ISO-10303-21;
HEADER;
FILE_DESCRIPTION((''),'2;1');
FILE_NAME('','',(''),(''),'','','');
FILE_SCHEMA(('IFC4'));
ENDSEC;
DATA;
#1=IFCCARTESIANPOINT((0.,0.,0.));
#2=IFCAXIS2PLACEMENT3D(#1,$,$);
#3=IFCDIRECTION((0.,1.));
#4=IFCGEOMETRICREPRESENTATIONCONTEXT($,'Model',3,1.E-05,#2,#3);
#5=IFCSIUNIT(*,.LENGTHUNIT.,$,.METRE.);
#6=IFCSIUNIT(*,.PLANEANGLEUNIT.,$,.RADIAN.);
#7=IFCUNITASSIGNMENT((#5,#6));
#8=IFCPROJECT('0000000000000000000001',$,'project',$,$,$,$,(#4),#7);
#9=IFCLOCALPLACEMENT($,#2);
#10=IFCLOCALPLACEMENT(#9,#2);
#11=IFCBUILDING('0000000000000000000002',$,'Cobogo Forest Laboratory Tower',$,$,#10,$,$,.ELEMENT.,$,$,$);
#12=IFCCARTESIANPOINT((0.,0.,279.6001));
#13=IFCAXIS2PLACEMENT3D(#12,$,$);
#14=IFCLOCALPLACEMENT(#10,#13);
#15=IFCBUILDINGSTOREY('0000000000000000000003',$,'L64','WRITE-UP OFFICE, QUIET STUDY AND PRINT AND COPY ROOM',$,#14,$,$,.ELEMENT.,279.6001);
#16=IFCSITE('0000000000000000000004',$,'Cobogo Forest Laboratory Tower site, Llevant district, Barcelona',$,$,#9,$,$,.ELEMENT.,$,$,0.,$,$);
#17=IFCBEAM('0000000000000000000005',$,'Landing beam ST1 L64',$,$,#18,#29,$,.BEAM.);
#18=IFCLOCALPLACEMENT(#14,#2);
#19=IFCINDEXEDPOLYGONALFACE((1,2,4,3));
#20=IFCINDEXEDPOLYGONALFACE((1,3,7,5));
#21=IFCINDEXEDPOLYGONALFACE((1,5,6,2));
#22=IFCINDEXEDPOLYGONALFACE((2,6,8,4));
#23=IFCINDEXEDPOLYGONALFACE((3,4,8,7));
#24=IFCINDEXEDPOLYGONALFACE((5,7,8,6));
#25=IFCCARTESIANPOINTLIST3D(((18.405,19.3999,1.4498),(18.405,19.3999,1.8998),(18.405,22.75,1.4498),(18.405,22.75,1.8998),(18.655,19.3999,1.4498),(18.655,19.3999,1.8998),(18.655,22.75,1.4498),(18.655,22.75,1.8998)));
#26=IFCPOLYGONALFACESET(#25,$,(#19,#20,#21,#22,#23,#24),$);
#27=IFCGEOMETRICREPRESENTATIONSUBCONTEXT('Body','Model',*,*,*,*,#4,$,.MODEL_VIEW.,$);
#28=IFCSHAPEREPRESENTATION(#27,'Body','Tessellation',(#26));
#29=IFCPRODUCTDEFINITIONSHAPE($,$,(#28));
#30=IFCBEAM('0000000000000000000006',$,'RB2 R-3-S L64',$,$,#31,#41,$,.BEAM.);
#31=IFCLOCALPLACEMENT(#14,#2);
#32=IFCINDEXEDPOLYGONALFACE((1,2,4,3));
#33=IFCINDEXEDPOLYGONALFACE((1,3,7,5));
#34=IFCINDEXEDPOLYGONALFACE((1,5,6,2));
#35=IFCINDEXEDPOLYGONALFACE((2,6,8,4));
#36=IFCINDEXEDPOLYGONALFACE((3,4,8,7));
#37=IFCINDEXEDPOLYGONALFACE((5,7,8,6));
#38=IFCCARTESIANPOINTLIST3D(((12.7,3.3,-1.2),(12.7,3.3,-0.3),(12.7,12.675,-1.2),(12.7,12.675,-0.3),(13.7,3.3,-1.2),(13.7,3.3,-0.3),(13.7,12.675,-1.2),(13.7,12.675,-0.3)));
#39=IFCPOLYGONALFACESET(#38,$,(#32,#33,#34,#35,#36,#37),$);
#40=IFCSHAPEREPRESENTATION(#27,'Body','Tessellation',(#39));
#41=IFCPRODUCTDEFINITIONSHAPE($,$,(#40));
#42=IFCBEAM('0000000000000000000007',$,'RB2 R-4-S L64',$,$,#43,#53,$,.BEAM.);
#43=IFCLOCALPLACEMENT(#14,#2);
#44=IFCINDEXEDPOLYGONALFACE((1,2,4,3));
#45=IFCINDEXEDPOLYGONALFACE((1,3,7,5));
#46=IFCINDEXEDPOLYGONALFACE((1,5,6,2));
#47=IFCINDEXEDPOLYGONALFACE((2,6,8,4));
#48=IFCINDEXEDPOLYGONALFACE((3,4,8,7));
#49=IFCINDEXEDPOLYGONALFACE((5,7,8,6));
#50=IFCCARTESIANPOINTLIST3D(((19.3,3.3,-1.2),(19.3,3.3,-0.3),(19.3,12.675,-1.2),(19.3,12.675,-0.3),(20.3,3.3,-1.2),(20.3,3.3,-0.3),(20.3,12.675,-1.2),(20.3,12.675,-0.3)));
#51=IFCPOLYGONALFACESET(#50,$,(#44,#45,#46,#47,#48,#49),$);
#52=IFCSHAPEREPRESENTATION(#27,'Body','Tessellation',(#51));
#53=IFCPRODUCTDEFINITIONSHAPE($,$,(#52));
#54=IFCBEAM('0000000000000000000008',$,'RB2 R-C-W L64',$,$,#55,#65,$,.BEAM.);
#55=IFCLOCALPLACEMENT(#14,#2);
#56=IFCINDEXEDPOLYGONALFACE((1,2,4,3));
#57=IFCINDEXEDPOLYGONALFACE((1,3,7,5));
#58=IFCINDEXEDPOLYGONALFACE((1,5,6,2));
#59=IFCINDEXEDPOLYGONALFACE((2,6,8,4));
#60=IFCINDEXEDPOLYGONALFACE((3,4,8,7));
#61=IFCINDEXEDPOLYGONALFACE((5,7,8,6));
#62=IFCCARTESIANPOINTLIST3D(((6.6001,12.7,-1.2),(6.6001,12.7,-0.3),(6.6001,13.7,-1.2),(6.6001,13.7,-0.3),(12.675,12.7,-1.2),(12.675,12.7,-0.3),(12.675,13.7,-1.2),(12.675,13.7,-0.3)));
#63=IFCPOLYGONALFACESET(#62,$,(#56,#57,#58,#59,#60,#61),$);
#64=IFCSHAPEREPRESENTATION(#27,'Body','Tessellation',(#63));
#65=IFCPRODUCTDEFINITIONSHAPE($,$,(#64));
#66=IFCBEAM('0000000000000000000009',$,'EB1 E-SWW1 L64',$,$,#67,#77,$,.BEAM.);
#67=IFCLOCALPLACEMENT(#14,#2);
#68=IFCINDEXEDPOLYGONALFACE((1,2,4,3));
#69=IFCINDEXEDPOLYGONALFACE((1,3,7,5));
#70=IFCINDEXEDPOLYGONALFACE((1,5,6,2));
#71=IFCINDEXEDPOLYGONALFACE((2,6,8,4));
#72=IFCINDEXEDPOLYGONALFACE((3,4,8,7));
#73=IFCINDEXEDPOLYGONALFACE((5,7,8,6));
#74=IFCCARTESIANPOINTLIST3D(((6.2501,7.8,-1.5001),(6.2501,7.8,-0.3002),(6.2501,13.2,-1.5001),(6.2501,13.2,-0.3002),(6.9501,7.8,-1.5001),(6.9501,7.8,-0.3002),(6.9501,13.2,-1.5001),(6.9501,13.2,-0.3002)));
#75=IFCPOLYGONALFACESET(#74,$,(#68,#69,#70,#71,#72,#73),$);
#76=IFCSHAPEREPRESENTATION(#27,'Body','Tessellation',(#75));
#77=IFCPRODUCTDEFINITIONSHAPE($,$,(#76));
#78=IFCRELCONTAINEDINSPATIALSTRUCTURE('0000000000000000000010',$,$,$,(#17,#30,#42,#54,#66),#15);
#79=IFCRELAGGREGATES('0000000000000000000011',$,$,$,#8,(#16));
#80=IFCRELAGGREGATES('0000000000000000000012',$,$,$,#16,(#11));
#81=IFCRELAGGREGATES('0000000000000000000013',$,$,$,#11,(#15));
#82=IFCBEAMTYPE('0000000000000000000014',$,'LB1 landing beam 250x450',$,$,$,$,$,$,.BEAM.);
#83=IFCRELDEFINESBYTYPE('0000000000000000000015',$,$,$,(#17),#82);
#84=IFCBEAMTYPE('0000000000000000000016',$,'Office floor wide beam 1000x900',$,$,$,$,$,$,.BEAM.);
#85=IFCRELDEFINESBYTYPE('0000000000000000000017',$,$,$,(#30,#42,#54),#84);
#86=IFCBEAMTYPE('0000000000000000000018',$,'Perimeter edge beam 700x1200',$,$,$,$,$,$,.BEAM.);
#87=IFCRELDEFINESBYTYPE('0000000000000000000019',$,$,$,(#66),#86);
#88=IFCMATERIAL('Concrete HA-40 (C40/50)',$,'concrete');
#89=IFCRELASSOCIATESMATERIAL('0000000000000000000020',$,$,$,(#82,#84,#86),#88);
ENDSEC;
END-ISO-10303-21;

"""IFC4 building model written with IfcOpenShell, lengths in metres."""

from ifc_helpers import new_model, si_unit, direction, frame, origin, origin_2d, place, context, subcontext, project, spatial, rectangle, extrude, material, material_profile, profile_set, type_object, element, save


model = new_model("IFC4")

# Units and contexts
model_context = context("Model", 3, precision=1e-05, world=origin(), true_north=direction((0.0, 1.0)))
body_context = subcontext(model_context, "Body", "Model", "MODEL_VIEW")
ifc_project = project(units=[si_unit("LENGTHUNIT", "METRE"), si_unit("PLANEANGLEUNIT", "RADIAN")], contexts=[model_context])

# Site, building, storey
site_placement = place(None, origin())
site = spatial("IfcSite", under=ifc_project, at=site_placement, Name="Cobogo Forest Laboratory Tower site, Llevant district, Barcelona", CompositionType="ELEMENT", RefElevation=0.0)
building_placement = place(site_placement, origin())
building = spatial("IfcBuilding", under=site, at=building_placement, Name="Cobogo Forest Laboratory Tower", CompositionType="ELEMENT")
storey_placement = place(building_placement, frame((0.0, 0.0, 279.6001)))
storey = spatial("IfcBuildingStorey", under=building, at=storey_placement, Name="L64", Description="WRITE-UP OFFICE, QUIET STUDY AND PRINT AND COPY ROOM", CompositionType="ELEMENT", Elevation=279.6001)

# Beams
ifc_material_1 = material(Name="Concrete HA-40 (C40/50)", Category="concrete")
ifc_material_profile_1 = material_profile(ifc_material_1, rectangle(XDim=0.25, YDim=0.45, at=origin_2d()), Name="RC 250x450")
ifc_profile_set_1 = profile_set([ifc_material_profile_1], Name="Concrete HA-40 (C40/50)")
beam_type_1 = type_object("IfcBeamType", Name="LB1 landing beam 250x450", PredefinedType="BEAM", material=ifc_profile_set_1)
beam_1_placement = place(storey_placement, frame((18.53, 19.3999, 1.6748), z_axis=(0.0, 1.0, 0.0), x_axis=(-1.0, 0.0, 0.0)))
element("IfcBeam", 1, at=beam_1_placement, inside=storey, type_object=beam_type_1, Name="Landing beam ST1 L64", PredefinedType="BEAM", context=body_context, shape_type="SweptSolid", body=[
    extrude(rectangle(XDim=0.25, YDim=0.45, at=origin_2d()), origin(), (0.0, 0.0, 1.0), 3.3501),
])
ifc_material_profile_2 = material_profile(ifc_material_1, rectangle(XDim=1.0, YDim=0.8999, at=origin_2d()), Name="RC 1000x900")
ifc_profile_set_2 = profile_set([ifc_material_profile_2], Name="Concrete HA-40 (C40/50)")
beam_type_2 = type_object("IfcBeamType", Name="Office floor wide beam 1000x900", PredefinedType="BEAM", material=ifc_profile_set_2)
for number, where, z_axis, x_axis, name in (
    (2, (13.2, 12.675, -0.75), (0.0, -1.0, 0.0), (1.0, 0.0, 0.0), "RB2 R-3-S L64"),
    (3, (19.8, 12.675, -0.75), (0.0, -1.0, 0.0), (1.0, 0.0, 0.0), "RB2 R-4-S L64"),
):
    element("IfcBeam", number, at=place(storey_placement, frame(where, z_axis=z_axis, x_axis=x_axis)), inside=storey, type_object=beam_type_2, Name=name, PredefinedType="BEAM", context=body_context, shape_type="SweptSolid", body=[
        extrude(rectangle(XDim=1.0, YDim=0.8999, at=origin_2d()), origin(), (0.0, 0.0, 1.0), 9.375),
    ])
beam_2_placement = place(storey_placement, frame((12.675, 13.2, -0.75), z_axis=(-1.0, 0.0, 0.0), x_axis=(0.0, -1.0, 0.0)))
element("IfcBeam", 4, at=beam_2_placement, inside=storey, type_object=beam_type_2, Name="RB2 R-C-W L64", PredefinedType="BEAM", context=body_context, shape_type="SweptSolid", body=[
    extrude(rectangle(XDim=1.0, YDim=0.8999, at=origin_2d()), origin(), (0.0, 0.0, 1.0), 6.075),
])
ifc_material_profile_3 = material_profile(ifc_material_1, rectangle(XDim=0.7, YDim=1.2, at=origin_2d()), Name="RC 700x1200")
ifc_profile_set_3 = profile_set([ifc_material_profile_3], Name="Concrete HA-40 (C40/50)")
beam_type_3 = type_object("IfcBeamType", Name="Perimeter edge beam 700x1200", PredefinedType="BEAM", material=ifc_profile_set_3)
beam_3_placement = place(storey_placement, frame((6.6001, 13.2, -0.9001), z_axis=(0.0, -1.0, 0.0), x_axis=(1.0, 0.0, 0.0)))
element("IfcBeam", 5, at=beam_3_placement, inside=storey, type_object=beam_type_3, Name="EB1 E-SWW1 L64", PredefinedType="BEAM", context=body_context, shape_type="SweptSolid", body=[
    extrude(rectangle(XDim=0.7, YDim=1.2, at=origin_2d()), origin(), (0.0, 0.0, 1.0), 5.3999),
])

save(model, "model.ifc")
